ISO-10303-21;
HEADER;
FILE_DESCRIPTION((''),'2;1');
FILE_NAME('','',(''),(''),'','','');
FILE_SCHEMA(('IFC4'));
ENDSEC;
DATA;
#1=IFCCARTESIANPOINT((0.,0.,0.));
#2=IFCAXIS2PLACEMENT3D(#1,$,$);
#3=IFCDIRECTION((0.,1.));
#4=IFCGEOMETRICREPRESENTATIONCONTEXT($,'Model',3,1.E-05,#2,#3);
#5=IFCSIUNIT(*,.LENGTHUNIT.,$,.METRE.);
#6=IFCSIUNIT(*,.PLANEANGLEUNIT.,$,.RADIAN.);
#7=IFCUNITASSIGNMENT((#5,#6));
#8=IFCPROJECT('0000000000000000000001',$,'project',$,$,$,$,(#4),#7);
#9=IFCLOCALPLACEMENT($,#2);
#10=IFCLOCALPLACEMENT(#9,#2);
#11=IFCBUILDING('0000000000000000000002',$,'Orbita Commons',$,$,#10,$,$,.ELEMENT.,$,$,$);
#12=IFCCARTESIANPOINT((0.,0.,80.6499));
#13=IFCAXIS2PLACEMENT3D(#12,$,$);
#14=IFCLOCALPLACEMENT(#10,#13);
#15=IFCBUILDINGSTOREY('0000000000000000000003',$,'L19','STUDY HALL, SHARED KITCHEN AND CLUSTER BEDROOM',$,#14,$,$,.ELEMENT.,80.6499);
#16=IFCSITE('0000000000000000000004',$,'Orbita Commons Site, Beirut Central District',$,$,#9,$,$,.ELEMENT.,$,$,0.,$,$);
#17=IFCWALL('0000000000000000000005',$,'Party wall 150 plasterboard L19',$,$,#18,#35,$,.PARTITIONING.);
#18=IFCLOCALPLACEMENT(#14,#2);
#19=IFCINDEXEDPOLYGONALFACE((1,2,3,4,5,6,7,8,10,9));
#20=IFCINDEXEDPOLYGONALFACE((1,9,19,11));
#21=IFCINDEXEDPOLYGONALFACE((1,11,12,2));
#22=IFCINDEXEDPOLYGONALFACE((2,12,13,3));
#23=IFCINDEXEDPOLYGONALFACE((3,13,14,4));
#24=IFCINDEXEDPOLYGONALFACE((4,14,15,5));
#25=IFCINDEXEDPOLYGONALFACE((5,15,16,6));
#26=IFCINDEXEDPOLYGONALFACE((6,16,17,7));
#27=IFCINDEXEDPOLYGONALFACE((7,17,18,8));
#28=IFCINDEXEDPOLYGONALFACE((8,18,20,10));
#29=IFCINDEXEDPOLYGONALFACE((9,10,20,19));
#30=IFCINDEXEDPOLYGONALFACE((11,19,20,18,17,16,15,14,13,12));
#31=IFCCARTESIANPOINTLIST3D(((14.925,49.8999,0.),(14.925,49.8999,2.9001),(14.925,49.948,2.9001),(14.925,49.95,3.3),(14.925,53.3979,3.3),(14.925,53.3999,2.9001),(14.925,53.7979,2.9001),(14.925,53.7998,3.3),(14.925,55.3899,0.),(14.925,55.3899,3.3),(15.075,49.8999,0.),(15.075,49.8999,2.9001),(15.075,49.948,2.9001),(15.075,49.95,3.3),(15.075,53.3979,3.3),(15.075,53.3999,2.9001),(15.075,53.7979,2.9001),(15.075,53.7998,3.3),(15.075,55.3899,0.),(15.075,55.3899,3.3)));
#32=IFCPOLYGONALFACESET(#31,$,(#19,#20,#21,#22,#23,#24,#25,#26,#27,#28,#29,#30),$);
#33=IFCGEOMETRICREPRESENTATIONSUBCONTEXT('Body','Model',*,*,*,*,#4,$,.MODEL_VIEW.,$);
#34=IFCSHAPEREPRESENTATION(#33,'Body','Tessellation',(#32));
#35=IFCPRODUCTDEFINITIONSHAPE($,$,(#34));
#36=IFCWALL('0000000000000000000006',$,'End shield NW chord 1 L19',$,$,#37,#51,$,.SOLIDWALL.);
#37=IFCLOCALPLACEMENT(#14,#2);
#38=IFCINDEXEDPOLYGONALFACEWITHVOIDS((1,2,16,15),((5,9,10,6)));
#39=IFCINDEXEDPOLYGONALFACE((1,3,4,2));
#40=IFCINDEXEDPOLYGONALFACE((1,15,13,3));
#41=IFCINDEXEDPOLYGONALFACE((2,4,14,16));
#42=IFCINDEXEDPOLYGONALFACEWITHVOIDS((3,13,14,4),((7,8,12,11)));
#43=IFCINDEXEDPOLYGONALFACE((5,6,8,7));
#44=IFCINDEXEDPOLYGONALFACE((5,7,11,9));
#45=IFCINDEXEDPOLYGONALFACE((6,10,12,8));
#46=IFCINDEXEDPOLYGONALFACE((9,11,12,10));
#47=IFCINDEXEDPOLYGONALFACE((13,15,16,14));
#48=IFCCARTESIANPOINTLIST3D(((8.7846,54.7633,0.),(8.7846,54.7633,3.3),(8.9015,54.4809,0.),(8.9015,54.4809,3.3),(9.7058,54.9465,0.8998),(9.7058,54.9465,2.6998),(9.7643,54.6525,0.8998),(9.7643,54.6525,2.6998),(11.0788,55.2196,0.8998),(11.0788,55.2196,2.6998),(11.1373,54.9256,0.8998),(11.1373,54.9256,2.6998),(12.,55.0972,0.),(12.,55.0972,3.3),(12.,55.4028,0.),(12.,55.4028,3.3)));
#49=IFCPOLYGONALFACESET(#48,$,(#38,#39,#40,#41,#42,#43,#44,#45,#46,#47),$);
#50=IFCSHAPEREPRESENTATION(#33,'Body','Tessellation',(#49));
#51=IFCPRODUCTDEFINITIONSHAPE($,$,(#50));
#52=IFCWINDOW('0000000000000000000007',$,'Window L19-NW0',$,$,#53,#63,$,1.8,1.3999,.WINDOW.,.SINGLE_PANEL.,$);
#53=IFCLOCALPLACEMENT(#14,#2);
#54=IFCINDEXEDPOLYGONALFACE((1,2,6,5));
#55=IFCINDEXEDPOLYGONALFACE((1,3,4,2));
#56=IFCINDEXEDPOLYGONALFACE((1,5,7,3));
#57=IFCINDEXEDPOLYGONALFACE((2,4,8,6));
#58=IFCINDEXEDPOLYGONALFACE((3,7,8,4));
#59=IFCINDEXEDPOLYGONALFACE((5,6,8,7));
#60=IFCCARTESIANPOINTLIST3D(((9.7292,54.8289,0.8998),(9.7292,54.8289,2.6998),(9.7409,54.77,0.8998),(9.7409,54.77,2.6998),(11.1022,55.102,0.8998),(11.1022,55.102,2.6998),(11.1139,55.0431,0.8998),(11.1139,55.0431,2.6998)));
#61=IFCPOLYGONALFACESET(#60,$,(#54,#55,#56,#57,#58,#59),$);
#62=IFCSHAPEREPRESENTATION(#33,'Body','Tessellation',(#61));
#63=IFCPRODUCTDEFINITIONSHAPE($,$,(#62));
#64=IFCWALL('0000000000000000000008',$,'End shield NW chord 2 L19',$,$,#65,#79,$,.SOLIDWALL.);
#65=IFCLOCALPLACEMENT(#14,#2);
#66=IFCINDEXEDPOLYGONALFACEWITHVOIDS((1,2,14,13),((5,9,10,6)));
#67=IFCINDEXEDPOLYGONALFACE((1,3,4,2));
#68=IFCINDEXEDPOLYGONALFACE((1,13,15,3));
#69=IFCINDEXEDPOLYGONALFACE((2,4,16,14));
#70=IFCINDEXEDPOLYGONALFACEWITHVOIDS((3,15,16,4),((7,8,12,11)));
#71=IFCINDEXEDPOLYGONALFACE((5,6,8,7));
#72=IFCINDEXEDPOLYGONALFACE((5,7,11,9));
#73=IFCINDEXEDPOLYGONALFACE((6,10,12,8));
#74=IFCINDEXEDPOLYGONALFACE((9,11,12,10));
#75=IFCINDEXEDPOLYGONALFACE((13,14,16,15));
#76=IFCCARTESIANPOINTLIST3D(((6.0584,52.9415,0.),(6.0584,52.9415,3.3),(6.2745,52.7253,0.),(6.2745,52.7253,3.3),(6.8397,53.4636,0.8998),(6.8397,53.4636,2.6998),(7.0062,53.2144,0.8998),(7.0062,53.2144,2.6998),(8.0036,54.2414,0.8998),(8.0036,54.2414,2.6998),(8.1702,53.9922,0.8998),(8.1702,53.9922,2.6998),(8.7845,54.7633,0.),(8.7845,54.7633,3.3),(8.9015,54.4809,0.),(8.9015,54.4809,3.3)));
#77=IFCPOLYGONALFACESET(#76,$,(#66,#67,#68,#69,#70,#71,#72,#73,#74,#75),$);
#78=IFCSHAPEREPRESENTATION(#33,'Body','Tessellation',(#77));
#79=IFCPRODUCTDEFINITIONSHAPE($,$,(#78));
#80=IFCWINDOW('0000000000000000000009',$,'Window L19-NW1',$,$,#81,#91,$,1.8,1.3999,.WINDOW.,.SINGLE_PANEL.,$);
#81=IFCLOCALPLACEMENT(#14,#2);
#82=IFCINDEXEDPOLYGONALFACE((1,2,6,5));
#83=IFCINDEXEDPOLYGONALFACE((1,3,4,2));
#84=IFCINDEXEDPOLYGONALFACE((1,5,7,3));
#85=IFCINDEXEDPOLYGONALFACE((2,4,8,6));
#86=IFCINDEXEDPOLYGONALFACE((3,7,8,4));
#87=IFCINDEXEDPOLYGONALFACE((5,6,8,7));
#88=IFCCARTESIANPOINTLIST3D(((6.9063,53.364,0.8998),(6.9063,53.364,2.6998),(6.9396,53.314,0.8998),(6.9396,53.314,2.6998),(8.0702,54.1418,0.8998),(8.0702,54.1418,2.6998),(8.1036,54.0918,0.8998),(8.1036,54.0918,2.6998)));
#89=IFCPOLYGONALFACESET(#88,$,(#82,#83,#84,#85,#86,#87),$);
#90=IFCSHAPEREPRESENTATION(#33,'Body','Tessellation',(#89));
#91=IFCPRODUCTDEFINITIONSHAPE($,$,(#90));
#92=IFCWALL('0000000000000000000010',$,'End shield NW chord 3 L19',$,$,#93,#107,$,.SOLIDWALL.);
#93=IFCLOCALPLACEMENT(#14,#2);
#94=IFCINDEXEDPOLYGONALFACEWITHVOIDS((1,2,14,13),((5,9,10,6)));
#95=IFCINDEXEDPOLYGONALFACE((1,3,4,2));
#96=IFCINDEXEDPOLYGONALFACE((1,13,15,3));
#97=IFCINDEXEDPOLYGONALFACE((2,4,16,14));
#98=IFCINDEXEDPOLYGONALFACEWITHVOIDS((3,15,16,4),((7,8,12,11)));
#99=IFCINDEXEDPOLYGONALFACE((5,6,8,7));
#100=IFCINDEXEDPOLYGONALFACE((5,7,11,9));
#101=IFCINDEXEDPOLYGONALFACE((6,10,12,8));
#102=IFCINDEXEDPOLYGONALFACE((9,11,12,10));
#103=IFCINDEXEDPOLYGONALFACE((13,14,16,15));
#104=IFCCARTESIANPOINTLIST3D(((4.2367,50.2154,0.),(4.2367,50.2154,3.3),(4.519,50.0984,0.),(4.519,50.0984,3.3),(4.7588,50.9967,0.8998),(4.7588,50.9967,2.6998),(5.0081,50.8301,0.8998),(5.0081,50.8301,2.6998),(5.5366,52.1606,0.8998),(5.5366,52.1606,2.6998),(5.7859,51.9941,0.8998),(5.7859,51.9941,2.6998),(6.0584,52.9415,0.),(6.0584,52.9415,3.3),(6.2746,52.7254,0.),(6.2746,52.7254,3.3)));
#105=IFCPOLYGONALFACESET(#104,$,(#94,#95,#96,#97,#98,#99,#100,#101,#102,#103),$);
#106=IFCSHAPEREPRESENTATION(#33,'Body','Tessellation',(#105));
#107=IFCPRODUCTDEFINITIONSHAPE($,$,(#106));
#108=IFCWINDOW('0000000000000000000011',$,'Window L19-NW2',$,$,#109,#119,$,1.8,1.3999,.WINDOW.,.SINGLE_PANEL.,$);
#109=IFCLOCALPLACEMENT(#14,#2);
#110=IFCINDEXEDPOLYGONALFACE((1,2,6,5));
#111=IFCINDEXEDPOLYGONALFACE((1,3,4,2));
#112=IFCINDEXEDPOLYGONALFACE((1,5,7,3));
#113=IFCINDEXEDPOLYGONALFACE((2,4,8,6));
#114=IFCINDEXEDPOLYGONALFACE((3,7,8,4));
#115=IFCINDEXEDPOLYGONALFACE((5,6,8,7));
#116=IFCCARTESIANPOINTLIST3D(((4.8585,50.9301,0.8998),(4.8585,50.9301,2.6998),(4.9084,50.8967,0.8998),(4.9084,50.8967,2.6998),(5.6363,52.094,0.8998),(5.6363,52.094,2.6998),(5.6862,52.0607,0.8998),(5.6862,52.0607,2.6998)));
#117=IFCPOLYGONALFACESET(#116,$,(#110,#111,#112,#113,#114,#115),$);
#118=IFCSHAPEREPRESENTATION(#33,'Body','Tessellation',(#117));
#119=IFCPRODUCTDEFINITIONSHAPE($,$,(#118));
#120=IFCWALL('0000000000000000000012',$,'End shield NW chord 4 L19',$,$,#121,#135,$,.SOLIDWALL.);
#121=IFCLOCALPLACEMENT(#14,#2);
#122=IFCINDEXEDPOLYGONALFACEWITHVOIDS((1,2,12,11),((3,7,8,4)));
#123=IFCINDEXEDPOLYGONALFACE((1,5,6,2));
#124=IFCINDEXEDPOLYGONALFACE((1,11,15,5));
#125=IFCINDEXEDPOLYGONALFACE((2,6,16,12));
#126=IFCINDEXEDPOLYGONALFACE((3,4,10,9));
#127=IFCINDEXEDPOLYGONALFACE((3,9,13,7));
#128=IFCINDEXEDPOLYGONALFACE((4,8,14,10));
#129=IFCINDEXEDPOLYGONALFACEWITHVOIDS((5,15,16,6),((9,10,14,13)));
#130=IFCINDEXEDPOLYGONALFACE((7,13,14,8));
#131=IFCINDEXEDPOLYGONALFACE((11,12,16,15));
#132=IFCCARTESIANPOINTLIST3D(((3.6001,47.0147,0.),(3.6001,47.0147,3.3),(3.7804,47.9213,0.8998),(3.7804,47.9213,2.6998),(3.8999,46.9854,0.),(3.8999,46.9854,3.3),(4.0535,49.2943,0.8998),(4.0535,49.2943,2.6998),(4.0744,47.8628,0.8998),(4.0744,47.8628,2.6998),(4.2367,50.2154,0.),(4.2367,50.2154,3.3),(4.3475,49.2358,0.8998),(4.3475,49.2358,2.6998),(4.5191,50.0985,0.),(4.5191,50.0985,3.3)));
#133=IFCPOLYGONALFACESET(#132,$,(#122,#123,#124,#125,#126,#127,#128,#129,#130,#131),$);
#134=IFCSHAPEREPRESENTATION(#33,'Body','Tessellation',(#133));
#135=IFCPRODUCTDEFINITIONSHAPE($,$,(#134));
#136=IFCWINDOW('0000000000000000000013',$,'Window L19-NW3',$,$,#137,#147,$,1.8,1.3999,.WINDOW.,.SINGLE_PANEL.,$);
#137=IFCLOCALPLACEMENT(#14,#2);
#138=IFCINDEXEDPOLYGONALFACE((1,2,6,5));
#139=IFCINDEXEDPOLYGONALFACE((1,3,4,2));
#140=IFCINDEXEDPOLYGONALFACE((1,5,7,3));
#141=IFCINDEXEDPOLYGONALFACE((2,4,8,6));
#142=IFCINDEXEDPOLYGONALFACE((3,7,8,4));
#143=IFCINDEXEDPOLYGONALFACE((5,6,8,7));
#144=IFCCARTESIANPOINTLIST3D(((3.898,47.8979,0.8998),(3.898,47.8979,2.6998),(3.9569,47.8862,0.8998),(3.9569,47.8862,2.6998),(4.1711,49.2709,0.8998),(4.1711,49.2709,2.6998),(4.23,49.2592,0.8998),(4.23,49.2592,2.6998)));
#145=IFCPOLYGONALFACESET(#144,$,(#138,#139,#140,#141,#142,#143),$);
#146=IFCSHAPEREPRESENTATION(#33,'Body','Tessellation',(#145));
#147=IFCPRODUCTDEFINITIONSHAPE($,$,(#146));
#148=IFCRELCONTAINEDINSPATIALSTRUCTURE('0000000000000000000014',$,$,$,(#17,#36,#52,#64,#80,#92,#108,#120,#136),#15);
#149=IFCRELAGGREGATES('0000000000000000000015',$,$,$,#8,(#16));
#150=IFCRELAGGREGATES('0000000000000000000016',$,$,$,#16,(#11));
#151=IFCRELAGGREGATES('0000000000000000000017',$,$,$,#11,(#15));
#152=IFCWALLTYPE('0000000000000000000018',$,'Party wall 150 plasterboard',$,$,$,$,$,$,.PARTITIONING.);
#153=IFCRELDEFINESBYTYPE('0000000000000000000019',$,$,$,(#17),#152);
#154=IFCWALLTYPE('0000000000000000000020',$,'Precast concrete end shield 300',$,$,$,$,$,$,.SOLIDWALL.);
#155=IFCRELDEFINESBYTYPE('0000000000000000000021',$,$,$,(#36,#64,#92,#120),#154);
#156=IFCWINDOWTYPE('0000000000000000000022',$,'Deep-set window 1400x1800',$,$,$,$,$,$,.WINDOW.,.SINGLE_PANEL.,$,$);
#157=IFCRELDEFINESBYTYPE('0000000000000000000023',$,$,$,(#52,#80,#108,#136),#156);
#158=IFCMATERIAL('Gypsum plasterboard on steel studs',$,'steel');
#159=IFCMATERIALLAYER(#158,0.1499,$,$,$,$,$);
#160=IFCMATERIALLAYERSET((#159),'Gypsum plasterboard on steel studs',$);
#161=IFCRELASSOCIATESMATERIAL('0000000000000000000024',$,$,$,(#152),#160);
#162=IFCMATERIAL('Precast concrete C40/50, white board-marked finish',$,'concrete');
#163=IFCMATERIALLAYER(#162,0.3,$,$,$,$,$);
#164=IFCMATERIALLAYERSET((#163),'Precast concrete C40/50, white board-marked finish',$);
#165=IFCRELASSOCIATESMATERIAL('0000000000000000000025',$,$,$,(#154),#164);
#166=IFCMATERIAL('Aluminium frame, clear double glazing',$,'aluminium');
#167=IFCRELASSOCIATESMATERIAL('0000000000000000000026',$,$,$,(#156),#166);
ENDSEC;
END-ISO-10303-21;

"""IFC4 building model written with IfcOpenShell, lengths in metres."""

from ifc_helpers import new_model, si_unit, direction, frame, frame_2d, origin, place, context, subcontext, project, spatial, polyline, rectangle, outline, extrude, material, layer, layer_set, type_object, element, fill, save


model = new_model("IFC4")

# Units and contexts
model_context = context("Model", 3, precision=1e-05, world=origin(), true_north=direction((0.0, 1.0)))
body_context = subcontext(model_context, "Body", "Model", "MODEL_VIEW")
ifc_project = project(units=[si_unit("LENGTHUNIT", "METRE"), si_unit("PLANEANGLEUNIT", "RADIAN")], contexts=[model_context])

# Site, building, storey
site_placement = place(None, origin())
site = spatial("IfcSite", under=ifc_project, at=site_placement, Name="Orbita Commons Site, Beirut Central District", CompositionType="ELEMENT", RefElevation=0.0)
building_placement = place(site_placement, origin())
building = spatial("IfcBuilding", under=site, at=building_placement, Name="Orbita Commons", CompositionType="ELEMENT")
storey_placement = place(building_placement, frame((0.0, 0.0, 80.6499)))
storey = spatial("IfcBuildingStorey", under=building, at=storey_placement, Name="L19", Description="STUDY HALL, SHARED KITCHEN AND CLUSTER BEDROOM", CompositionType="ELEMENT", Elevation=80.6499)

# Wall
ifc_material_1 = material(Name="Gypsum plasterboard on steel studs", Category="steel")
ifc_layer_1 = layer(ifc_material_1, 0.1499)
ifc_layer_set_1 = layer_set([ifc_layer_1], Name="Gypsum plasterboard on steel studs")
wall_type_1 = type_object("IfcWallType", Name="Party wall 150 plasterboard", PredefinedType="PARTITIONING", material=ifc_layer_set_1)
wall_1_placement = place(storey_placement, frame((15.0, 55.3899, 0.0), z_axis=(0.0, 0.0, 1.0), x_axis=(0.0, -1.0, 0.0)))
element("IfcWall", 1, at=wall_1_placement, inside=storey, type_object=wall_type_1, Name="Party wall 150 plasterboard L19", PredefinedType="PARTITIONING", context=body_context, shape_type="SweptSolid", body=[
    extrude(outline(polyline([(0.0, 0.0), (5.49, 0.0), (5.49, 2.9001), (5.4419, 2.9001), (5.4399, 3.3), (1.9919, 3.3), (1.99, 2.9001), (1.592, 2.9001), (1.5901, 3.3), (0.0, 3.3), (0.0, 0.0)])), frame((0.0, 0.075, 0.0), z_axis=(0.0, -1.0, 0.0), x_axis=(1.0, 0.0, 0.0)), (0.0, 0.0, 1.0), 0.1499),
])

# Walls, openings, windows
ifc_material_2 = material(Name="Precast concrete C40/50, white board-marked finish", Category="concrete")
ifc_layer_2 = layer(ifc_material_2, 0.3)
ifc_layer_set_2 = layer_set([ifc_layer_2], Name="Precast concrete C40/50, white board-marked finish")
wall_type_2 = type_object("IfcWallType", Name="Precast concrete end shield 300", PredefinedType="SOLIDWALL", material=ifc_layer_set_2)
wall_2_placement = place(storey_placement, frame((12.0, 55.25, 0.0), z_axis=(0.0, 0.0, 1.0), x_axis=(-0.980787, -0.19508, 0.0)))
wall_2 = element("IfcWall", 2, at=wall_2_placement, inside=storey, type_object=wall_type_2, Name="End shield NW chord 1 L19", PredefinedType="SOLIDWALL", context=body_context, shape_type="SweptSolid", body=[
    extrude(outline(polyline([(-0.0298, -0.1499), (3.2485, -0.1499), (3.189, 0.1499), (0.0298, 0.1499), (-0.0298, -0.1499)])), origin(), (0.0, 0.0, 1.0), 3.3),
])
opening_1_placement = place(wall_2_placement, frame((0.9094, 0.0, 0.8999)))
opening_1 = element("IfcOpeningElement", 3, at=opening_1_placement, cuts=wall_2, PredefinedType="OPENING", context=body_context, shape_type="SweptSolid", body=[
    extrude(rectangle(XDim=1.3999, YDim=1.8, at=frame_2d((0.7, 0.8999))), frame((0.0, 0.1599, 0.0), z_axis=(0.0, -1.0, 0.0), x_axis=(1.0, 0.0, 0.0)), (0.0, 0.0, 1.0), 0.3201),
])
ifc_material_3 = material(Name="Aluminium frame, clear double glazing", Category="aluminium")
window_type = type_object("IfcWindowType", Name="Deep-set window 1400x1800", PartitioningType="SINGLE_PANEL", PredefinedType="WINDOW", material=ifc_material_3)
window_1_placement = place(opening_1_placement, origin())
window_1 = element("IfcWindow", 4, at=window_1_placement, inside=storey, type_object=window_type, Name="Window L19-NW0", OverallHeight=1.8, OverallWidth=1.3999, PartitioningType="SINGLE_PANEL", PredefinedType="WINDOW", context=body_context, shape_type="SweptSolid", body=[
    extrude(rectangle(XDim=1.3999, YDim=1.8, at=frame_2d((0.7, 0.8999))), frame((0.0, 0.03, 0.0), z_axis=(0.0, -1.0, 0.0), x_axis=(1.0, 0.0, 0.0)), (0.0, 0.0, 1.0), 0.0601),
])
fill(opening_1, window_1)
wall_3_placement = place(storey_placement, frame((8.843, 54.6221, 0.0), z_axis=(0.0, 0.0, 1.0), x_axis=(-0.831443, -0.55561, 0.0)))
wall_3 = element("IfcWall", 5, at=wall_3_placement, inside=storey, type_object=wall_type_2, Name="End shield NW chord 2 L19", PredefinedType="SOLIDWALL", context=body_context, shape_type="SweptSolid", body=[
    extrude(outline(polyline([(-0.0298, -0.1499), (3.249, -0.1499), (3.1895, 0.1499), (0.0298, 0.1499), (-0.0298, -0.1499)])), origin(), (0.0, 0.0, 1.0), 3.3),
])
opening_2_placement = place(wall_3_placement, frame((0.9094, 0.0, 0.8999)))
opening_2 = element("IfcOpeningElement", 6, at=opening_2_placement, cuts=wall_3, PredefinedType="OPENING", context=body_context, shape_type="SweptSolid", body=[
    extrude(rectangle(XDim=1.3999, YDim=1.8, at=frame_2d((0.7, 0.8999))), frame((0.0, 0.1599, 0.0), z_axis=(0.0, -1.0, 0.0), x_axis=(1.0, 0.0, 0.0)), (0.0, 0.0, 1.0), 0.3201),
])
window_2_placement = place(opening_2_placement, origin())
window_2 = element("IfcWindow", 7, at=window_2_placement, inside=storey, type_object=window_type, Name="Window L19-NW1", OverallHeight=1.8, OverallWidth=1.3999, PartitioningType="SINGLE_PANEL", PredefinedType="WINDOW", context=body_context, shape_type="SweptSolid", body=[
    extrude(rectangle(XDim=1.3999, YDim=1.8, at=frame_2d((0.7, 0.8999))), frame((0.0, 0.03, 0.0), z_axis=(0.0, -1.0, 0.0), x_axis=(1.0, 0.0, 0.0)), (0.0, 0.0, 1.0), 0.0601),
])
fill(opening_2, window_2)
wall_4_placement = place(storey_placement, frame((6.1665, 52.8335, 0.0), z_axis=(0.0, 0.0, 1.0), x_axis=(-0.55561, -0.831443, 0.0)))
wall_4 = element("IfcWall", 8, at=wall_4_placement, inside=storey, type_object=wall_type_2, Name="End shield NW chord 3 L19", PredefinedType="SOLIDWALL", context=body_context, shape_type="SweptSolid", body=[
    extrude(outline(polyline([(-0.0298, -0.1499), (3.249, -0.1499), (3.1895, 0.1499), (0.0298, 0.1499), (-0.0298, -0.1499)])), origin(), (0.0, 0.0, 1.0), 3.3),
])
opening_3_placement = place(wall_4_placement, frame((0.9094, 0.0, 0.8999)))
opening_3 = element("IfcOpeningElement", 9, at=opening_3_placement, cuts=wall_4, PredefinedType="OPENING", context=body_context, shape_type="SweptSolid", body=[
    extrude(rectangle(XDim=1.3999, YDim=1.8, at=frame_2d((0.7, 0.8999))), frame((0.0, 0.1599, 0.0), z_axis=(0.0, -1.0, 0.0), x_axis=(1.0, 0.0, 0.0)), (0.0, 0.0, 1.0), 0.3201),
])
window_3_placement = place(opening_3_placement, origin())
window_3 = element("IfcWindow", 10, at=window_3_placement, inside=storey, type_object=window_type, Name="Window L19-NW2", OverallHeight=1.8, OverallWidth=1.3999, PartitioningType="SINGLE_PANEL", PredefinedType="WINDOW", context=body_context, shape_type="SweptSolid", body=[
    extrude(rectangle(XDim=1.3999, YDim=1.8, at=frame_2d((0.7, 0.8999))), frame((0.0, 0.03, 0.0), z_axis=(0.0, -1.0, 0.0), x_axis=(1.0, 0.0, 0.0)), (0.0, 0.0, 1.0), 0.0601),
])
fill(opening_3, window_3)
wall_5_placement = place(storey_placement, frame((4.3779, 50.157, 0.0), z_axis=(0.0, 0.0, 1.0), x_axis=(-0.19508, -0.980787, 0.0)))
wall_5 = element("IfcWall", 11, at=wall_5_placement, inside=storey, type_object=wall_type_2, Name="End shield NW chord 4 L19", PredefinedType="SOLIDWALL", context=body_context, shape_type="SweptSolid", body=[
    extrude(outline(polyline([(-0.0298, -0.1499), (3.2336, -0.1499), (3.2039, 0.1499), (0.0298, 0.1499), (-0.0298, -0.1499)])), origin(), (0.0, 0.0, 1.0), 3.3),
])
opening_4_placement = place(wall_5_placement, frame((0.9094, 0.0, 0.8999)))
opening_4 = element("IfcOpeningElement", 12, at=opening_4_placement, cuts=wall_5, PredefinedType="OPENING", context=body_context, shape_type="SweptSolid", body=[
    extrude(rectangle(XDim=1.3999, YDim=1.8, at=frame_2d((0.7, 0.8999))), frame((0.0, 0.1599, 0.0), z_axis=(0.0, -1.0, 0.0), x_axis=(1.0, 0.0, 0.0)), (0.0, 0.0, 1.0), 0.3201),
])
window_4_placement = place(opening_4_placement, origin())
window_4 = element("IfcWindow", 13, at=window_4_placement, inside=storey, type_object=window_type, Name="Window L19-NW3", OverallHeight=1.8, OverallWidth=1.3999, PartitioningType="SINGLE_PANEL", PredefinedType="WINDOW", context=body_context, shape_type="SweptSolid", body=[
    extrude(rectangle(XDim=1.3999, YDim=1.8, at=frame_2d((0.7, 0.8999))), frame((0.0, 0.03, 0.0), z_axis=(0.0, -1.0, 0.0), x_axis=(1.0, 0.0, 0.0)), (0.0, 0.0, 1.0), 0.0601),
])
fill(opening_4, window_4)

save(model, "model.ifc")
